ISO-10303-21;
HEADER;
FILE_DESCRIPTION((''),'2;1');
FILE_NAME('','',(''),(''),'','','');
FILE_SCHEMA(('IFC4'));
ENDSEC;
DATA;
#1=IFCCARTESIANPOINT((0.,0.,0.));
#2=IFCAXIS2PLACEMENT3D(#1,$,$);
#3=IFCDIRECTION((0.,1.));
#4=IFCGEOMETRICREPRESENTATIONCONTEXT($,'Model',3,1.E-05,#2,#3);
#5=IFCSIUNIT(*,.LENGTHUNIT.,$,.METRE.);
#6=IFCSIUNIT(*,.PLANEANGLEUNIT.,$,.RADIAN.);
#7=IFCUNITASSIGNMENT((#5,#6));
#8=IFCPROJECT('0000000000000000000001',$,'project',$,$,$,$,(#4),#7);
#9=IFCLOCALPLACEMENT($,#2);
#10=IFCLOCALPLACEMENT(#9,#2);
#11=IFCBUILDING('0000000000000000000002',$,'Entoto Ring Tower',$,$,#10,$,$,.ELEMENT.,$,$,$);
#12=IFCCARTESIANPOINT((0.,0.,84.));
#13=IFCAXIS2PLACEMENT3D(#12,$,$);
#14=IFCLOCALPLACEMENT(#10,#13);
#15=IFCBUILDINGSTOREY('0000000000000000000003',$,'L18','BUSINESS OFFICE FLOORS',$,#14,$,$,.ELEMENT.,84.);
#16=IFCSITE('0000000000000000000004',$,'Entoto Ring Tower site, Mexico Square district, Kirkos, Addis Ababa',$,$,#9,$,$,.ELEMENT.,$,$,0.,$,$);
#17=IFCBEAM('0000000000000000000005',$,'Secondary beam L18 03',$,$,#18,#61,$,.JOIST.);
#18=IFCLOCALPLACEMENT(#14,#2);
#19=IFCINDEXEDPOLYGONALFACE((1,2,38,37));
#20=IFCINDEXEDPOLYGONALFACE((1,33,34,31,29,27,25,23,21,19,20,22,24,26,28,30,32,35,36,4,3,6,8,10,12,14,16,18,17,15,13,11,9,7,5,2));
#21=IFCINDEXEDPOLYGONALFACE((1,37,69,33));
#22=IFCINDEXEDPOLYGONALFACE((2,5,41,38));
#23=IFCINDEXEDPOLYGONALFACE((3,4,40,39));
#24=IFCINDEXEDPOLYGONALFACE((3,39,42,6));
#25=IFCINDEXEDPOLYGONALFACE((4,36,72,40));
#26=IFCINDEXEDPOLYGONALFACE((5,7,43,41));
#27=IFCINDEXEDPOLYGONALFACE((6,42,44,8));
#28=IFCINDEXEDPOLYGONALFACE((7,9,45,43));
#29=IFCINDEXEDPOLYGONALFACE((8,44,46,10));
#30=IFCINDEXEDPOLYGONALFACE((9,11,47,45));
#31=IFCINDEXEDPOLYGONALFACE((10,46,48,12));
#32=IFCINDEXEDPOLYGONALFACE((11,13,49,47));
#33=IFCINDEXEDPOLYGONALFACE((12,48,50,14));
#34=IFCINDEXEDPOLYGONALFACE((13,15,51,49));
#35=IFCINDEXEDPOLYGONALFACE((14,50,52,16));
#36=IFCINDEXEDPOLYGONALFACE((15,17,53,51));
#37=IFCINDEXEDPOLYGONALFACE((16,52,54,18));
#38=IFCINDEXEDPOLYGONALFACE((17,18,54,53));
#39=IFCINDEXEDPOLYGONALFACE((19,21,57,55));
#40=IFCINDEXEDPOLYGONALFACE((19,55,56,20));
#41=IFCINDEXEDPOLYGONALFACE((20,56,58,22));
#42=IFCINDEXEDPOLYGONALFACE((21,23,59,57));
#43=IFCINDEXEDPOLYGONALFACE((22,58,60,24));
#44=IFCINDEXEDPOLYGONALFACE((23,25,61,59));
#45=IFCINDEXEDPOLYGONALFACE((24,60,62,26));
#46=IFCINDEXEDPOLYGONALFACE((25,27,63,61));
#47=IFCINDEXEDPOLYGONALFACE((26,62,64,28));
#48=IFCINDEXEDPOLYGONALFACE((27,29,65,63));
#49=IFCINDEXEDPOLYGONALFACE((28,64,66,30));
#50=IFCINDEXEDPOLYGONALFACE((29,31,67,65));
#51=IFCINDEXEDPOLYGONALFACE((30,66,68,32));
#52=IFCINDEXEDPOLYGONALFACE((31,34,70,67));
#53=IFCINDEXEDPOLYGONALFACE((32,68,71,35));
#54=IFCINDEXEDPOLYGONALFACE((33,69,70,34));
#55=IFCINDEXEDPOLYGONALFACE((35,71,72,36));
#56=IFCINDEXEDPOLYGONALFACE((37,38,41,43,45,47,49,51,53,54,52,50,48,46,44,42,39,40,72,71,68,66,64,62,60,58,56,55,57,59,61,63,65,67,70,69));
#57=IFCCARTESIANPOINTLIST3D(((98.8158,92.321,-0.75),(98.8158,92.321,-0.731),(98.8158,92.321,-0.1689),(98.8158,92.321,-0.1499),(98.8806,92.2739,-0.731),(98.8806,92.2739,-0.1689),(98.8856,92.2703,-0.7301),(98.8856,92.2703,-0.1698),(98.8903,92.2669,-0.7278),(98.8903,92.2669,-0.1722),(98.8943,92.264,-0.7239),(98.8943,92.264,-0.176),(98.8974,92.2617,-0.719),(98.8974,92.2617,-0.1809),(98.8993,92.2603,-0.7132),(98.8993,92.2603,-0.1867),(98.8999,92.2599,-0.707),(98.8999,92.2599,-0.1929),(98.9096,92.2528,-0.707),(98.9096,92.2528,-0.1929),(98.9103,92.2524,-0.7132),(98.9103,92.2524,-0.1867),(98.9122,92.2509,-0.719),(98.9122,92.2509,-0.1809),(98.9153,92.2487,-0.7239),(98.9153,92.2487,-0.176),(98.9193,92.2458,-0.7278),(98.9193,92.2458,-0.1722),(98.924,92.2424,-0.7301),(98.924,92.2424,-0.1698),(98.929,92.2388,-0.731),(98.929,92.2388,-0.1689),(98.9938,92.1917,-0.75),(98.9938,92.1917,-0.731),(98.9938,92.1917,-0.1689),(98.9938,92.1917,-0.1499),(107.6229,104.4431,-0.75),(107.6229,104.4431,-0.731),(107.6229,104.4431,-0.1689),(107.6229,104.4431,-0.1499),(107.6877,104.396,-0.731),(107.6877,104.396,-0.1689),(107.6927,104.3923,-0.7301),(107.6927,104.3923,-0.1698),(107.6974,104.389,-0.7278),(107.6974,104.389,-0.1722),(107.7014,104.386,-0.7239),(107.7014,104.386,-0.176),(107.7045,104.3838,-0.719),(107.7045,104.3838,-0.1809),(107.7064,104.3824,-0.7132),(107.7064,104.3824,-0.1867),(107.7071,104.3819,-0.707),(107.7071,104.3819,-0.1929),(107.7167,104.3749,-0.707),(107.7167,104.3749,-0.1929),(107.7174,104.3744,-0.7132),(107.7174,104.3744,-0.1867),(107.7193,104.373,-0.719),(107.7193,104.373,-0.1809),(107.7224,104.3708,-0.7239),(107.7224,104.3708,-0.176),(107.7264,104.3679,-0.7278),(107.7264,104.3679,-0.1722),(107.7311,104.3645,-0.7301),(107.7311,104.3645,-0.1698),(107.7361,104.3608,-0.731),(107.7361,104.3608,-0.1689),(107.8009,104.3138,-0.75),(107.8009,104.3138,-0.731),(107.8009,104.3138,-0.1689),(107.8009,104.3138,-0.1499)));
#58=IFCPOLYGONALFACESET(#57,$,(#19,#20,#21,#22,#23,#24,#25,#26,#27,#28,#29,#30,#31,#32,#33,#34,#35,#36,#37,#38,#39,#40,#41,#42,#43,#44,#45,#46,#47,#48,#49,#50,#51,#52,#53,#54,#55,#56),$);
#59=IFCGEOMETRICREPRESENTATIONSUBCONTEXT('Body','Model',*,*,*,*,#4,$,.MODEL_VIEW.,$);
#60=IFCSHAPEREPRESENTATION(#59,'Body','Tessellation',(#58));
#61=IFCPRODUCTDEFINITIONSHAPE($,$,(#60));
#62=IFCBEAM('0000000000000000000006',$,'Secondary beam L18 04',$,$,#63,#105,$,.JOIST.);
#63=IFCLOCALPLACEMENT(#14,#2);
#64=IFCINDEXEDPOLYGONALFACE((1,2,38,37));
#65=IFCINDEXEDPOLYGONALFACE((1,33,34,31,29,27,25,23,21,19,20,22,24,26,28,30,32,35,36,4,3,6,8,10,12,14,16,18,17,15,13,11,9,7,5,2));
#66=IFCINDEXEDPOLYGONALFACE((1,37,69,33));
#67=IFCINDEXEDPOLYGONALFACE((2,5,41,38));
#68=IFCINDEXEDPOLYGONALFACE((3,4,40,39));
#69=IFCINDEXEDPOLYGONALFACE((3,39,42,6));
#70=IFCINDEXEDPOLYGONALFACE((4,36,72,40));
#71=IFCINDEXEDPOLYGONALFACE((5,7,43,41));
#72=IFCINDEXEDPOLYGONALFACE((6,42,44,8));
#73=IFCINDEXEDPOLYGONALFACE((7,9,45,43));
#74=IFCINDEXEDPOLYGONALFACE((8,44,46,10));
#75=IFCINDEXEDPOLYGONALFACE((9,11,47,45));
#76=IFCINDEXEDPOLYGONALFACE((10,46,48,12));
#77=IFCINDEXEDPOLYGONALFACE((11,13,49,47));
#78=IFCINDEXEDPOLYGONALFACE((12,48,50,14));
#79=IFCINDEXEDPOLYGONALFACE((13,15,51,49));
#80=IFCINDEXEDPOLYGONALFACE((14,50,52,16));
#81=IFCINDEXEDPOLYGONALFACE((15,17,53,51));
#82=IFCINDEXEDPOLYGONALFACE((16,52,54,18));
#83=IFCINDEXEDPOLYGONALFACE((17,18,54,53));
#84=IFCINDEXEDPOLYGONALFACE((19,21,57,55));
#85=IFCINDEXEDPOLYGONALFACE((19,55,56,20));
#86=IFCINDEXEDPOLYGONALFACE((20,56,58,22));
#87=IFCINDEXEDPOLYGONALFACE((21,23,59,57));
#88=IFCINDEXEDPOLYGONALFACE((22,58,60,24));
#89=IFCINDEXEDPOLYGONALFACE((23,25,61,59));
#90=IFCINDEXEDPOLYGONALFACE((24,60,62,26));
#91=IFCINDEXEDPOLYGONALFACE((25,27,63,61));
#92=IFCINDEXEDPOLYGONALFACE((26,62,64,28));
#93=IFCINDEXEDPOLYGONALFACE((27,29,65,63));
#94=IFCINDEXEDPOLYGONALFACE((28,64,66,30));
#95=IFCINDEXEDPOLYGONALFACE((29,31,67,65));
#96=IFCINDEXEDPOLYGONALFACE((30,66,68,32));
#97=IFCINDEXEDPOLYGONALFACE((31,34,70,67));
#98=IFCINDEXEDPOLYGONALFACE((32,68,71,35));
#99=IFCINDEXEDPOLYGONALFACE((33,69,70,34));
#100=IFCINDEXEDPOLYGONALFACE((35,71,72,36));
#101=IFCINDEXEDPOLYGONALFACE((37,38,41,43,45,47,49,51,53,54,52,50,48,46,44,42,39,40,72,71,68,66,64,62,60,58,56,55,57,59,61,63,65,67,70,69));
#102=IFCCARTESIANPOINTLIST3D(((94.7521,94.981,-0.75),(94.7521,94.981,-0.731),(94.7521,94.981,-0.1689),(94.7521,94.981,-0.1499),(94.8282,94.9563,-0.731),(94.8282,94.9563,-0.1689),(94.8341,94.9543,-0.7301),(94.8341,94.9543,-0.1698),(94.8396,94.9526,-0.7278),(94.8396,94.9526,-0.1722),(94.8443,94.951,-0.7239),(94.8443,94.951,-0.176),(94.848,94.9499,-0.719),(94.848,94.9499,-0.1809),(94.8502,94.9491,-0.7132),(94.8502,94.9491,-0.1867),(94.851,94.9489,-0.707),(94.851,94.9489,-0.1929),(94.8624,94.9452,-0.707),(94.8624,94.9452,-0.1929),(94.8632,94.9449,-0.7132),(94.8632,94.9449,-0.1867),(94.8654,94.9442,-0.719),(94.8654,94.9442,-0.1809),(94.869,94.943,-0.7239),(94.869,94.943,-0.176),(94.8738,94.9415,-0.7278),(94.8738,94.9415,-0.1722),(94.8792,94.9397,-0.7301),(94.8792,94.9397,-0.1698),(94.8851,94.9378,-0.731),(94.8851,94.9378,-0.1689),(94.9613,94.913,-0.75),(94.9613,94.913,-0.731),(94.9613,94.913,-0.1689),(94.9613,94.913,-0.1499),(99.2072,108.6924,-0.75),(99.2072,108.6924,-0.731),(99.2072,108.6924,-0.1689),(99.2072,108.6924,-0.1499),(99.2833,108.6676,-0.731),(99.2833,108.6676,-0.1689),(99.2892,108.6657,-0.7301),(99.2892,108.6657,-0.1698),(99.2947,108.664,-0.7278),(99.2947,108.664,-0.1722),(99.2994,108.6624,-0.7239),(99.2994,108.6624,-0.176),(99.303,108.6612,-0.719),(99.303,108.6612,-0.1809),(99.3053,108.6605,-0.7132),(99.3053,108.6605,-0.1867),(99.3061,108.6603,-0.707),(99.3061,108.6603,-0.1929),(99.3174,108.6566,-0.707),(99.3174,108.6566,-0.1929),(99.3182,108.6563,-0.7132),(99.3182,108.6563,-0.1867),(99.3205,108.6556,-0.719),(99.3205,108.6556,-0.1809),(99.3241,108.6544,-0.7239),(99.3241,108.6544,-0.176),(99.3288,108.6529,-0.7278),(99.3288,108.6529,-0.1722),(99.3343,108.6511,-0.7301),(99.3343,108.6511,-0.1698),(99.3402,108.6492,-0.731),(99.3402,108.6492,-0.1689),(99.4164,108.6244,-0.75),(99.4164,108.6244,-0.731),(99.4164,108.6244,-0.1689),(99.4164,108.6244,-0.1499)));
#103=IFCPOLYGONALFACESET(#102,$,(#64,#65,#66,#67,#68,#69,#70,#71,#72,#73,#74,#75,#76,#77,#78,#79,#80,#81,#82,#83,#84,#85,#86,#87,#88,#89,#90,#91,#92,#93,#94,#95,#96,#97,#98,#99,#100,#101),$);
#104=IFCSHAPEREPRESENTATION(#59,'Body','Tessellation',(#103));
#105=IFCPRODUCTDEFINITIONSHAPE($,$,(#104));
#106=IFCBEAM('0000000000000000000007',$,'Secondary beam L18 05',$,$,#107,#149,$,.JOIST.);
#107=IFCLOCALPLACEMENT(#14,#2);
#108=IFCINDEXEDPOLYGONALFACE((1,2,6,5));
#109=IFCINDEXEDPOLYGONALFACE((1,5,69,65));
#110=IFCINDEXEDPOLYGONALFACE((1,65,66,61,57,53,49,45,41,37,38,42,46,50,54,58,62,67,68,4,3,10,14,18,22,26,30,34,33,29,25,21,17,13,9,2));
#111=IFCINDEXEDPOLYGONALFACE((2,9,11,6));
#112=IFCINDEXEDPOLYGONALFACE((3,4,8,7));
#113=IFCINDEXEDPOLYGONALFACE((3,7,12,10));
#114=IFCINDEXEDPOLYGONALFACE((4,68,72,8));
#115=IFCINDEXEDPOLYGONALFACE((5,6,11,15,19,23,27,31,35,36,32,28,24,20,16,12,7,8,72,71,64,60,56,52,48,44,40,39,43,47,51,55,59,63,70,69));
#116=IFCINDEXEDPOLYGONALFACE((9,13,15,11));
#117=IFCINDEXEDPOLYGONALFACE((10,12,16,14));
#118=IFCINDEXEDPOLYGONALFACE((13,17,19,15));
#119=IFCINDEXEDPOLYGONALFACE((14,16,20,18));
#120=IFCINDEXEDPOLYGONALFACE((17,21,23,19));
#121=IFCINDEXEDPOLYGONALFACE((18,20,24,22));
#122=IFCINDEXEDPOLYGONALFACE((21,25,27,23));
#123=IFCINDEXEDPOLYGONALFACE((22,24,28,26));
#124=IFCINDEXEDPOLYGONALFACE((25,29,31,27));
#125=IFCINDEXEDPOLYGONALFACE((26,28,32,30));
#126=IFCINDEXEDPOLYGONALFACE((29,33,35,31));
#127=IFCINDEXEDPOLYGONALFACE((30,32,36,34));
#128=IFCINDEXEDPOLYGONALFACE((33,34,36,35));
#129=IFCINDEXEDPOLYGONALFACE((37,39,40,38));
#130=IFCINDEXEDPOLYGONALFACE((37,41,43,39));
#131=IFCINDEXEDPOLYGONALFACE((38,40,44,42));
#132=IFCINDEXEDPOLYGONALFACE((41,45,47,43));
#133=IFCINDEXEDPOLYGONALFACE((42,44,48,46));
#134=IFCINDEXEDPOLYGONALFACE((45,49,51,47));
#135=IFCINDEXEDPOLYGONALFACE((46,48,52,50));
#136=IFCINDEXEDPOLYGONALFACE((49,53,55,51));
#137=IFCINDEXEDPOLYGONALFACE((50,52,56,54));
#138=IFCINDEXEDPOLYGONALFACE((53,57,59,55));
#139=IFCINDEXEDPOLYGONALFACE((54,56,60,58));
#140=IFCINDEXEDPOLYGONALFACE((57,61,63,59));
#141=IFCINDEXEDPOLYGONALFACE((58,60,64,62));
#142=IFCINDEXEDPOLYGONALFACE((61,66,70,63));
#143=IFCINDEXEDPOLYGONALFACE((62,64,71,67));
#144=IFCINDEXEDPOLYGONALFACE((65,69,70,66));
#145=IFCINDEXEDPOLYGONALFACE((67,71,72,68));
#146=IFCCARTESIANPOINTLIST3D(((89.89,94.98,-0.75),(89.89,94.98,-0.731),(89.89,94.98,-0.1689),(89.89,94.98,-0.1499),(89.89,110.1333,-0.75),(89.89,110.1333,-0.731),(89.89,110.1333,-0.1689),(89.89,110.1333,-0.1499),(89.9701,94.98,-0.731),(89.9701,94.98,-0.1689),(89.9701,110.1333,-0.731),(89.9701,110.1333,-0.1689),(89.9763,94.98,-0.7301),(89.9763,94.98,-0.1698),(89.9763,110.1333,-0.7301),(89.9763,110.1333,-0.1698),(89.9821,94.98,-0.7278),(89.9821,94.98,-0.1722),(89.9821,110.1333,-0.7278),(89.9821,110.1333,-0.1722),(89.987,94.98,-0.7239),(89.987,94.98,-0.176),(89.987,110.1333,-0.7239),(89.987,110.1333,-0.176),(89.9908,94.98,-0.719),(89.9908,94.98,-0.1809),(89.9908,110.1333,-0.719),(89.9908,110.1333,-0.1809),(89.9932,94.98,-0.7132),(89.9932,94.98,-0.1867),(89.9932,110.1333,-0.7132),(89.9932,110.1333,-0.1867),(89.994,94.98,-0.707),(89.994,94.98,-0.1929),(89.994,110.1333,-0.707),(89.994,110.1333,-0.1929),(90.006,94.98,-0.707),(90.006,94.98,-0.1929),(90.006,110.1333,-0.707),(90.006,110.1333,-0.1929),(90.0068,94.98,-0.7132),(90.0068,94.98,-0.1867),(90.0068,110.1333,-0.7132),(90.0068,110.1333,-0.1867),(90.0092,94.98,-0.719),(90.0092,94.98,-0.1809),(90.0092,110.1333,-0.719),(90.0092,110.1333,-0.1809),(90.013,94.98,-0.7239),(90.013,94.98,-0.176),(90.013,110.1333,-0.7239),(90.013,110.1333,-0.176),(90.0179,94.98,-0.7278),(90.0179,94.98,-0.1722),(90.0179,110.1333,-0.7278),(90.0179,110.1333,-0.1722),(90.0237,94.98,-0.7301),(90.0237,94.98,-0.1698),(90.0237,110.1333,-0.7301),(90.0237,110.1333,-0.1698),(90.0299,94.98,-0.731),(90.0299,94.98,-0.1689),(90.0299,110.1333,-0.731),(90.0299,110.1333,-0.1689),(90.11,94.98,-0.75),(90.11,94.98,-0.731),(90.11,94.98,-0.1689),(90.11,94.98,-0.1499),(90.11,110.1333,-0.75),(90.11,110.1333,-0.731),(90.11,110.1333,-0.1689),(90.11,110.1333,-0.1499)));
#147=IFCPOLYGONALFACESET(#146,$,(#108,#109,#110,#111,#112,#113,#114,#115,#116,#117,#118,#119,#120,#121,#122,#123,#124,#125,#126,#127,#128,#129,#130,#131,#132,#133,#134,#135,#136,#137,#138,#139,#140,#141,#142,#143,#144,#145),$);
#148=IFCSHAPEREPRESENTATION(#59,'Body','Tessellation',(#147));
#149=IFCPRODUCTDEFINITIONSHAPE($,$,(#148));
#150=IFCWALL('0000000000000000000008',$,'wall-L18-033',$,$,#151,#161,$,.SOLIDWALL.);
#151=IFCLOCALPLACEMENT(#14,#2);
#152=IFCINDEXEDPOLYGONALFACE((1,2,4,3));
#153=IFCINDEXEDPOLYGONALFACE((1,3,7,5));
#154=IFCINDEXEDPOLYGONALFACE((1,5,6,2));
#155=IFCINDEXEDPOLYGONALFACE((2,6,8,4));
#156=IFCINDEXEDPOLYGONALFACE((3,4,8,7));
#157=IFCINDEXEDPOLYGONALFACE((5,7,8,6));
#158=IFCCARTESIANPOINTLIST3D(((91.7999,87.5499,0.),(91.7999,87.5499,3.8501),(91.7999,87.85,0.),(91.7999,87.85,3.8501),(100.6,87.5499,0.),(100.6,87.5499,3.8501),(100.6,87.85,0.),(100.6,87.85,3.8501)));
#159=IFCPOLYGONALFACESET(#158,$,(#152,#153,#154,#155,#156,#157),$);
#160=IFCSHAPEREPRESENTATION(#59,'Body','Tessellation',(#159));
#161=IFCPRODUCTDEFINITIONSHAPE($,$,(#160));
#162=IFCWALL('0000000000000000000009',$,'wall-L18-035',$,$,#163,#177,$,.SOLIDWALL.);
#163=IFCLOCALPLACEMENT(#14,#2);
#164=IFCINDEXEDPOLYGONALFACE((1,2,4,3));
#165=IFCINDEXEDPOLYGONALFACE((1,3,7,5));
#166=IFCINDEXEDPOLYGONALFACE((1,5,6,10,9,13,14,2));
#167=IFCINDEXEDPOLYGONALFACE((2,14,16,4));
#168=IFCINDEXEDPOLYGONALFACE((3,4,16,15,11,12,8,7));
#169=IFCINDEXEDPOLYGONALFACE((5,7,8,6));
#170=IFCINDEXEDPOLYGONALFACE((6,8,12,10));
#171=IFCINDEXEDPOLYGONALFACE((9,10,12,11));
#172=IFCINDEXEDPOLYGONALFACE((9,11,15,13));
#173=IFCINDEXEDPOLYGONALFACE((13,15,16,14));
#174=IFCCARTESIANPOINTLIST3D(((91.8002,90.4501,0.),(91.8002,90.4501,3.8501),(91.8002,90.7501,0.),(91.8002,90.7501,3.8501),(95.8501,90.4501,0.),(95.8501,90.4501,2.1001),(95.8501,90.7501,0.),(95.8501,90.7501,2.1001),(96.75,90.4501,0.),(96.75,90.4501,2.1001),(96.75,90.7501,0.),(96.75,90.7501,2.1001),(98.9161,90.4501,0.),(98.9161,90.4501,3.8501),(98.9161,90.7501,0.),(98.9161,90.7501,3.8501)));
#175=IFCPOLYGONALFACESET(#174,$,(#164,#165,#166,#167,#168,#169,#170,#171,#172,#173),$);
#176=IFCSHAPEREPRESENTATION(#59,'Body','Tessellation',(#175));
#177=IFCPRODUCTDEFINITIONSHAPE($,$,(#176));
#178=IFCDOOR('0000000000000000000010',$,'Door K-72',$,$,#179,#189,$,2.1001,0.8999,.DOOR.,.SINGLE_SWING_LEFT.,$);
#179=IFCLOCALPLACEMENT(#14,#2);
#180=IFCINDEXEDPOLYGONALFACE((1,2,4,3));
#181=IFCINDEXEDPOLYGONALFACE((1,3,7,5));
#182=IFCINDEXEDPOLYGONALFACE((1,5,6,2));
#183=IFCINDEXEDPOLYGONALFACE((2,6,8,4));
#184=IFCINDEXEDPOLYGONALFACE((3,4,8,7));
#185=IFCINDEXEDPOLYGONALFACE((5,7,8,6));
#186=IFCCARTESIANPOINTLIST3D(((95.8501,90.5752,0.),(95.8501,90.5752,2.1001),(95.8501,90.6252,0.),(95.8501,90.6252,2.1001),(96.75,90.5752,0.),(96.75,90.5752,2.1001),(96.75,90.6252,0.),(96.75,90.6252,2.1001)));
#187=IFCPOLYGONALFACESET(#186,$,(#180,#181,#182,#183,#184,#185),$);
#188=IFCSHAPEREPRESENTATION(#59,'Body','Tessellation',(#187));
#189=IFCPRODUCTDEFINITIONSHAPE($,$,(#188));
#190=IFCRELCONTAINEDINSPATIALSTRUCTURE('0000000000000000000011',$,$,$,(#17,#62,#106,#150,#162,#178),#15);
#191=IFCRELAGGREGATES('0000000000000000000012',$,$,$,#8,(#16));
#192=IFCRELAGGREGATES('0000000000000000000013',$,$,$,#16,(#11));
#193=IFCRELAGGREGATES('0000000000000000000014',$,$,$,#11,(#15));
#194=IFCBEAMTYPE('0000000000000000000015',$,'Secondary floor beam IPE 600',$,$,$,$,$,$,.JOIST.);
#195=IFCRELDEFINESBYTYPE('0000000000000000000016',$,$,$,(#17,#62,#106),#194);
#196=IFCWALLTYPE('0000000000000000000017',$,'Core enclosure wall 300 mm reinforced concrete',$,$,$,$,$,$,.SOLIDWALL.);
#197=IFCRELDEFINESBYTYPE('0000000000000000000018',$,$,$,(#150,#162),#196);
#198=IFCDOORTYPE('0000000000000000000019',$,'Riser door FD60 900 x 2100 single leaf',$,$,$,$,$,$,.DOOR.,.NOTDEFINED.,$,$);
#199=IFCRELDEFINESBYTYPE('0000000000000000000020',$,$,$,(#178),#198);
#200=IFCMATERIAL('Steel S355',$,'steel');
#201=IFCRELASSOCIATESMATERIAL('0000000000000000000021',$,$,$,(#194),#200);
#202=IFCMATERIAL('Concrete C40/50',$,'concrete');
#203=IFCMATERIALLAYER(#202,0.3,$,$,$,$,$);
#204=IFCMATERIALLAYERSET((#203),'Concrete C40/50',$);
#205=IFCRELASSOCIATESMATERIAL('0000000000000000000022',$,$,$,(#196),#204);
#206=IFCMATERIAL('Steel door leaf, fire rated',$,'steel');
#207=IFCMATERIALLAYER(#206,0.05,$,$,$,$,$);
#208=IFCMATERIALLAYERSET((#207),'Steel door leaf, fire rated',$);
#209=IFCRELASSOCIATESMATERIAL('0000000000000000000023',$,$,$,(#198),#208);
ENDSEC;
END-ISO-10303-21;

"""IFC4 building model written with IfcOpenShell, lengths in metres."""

from ifc_helpers import new_model, si_unit, direction, frame, frame_2d, origin, origin_2d, place, context, subcontext, project, spatial, rectangle, i_section, extrude, material, layer, layer_set, material_profile, profile_set, type_object, element, fill, save


model = new_model("IFC4")

# Units and contexts
model_context = context("Model", 3, precision=1e-05, world=origin(), true_north=direction((0.0, 1.0)))
body_context = subcontext(model_context, "Body", "Model", "MODEL_VIEW")
ifc_project = project(units=[si_unit("LENGTHUNIT", "METRE"), si_unit("PLANEANGLEUNIT", "RADIAN")], contexts=[model_context])

# Site, building, storey
site_placement = place(None, origin())
site = spatial("IfcSite", under=ifc_project, at=site_placement, Name="Entoto Ring Tower site, Mexico Square district, Kirkos, Addis Ababa", CompositionType="ELEMENT", RefElevation=0.0)
building_placement = place(site_placement, origin())
building = spatial("IfcBuilding", under=site, at=building_placement, Name="Entoto Ring Tower", CompositionType="ELEMENT")
storey_placement = place(building_placement, frame((0.0, 0.0, 84.0)))
storey = spatial("IfcBuildingStorey", under=building, at=storey_placement, Name="L18", Description="BUSINESS OFFICE FLOORS", CompositionType="ELEMENT", Elevation=84.0)

# Beams
ifc_material_1 = material(Name="Steel S355", Category="steel")
ifc_material_profile_1 = material_profile(ifc_material_1, i_section(OverallWidth=0.22, OverallDepth=0.6001, WebThickness=0.012, FlangeThickness=0.019, FilletRadius=0.0239, at=origin_2d()), Name="IPE 600")
ifc_profile_set_1 = profile_set([ifc_material_profile_1], Name="Steel S355")
beam_type_1 = type_object("IfcBeamType", Name="Secondary floor beam IPE 600", PredefinedType="JOIST", material=ifc_profile_set_1)
beam_1_placement = place(storey_placement, frame((98.9048, 92.2563, -0.45), z_axis=(0.587782, 0.809019, 0.0), x_axis=(-0.809019, 0.587782, 0.0)))
element("IfcBeam", 1, at=beam_1_placement, inside=storey, type_object=beam_type_1, Name="Secondary beam L18 03", PredefinedType="JOIST", context=body_context, shape_type="SweptSolid", body=[
    extrude(i_section(OverallWidth=0.22, OverallDepth=0.6001, WebThickness=0.012, FlangeThickness=0.019, FilletRadius=0.0239, at=origin_2d()), origin(), (0.0, 0.0, 1.0), 14.9836),
])
beam_2_placement = place(storey_placement, frame((94.8567, 94.947, -0.45), z_axis=(0.309015, 0.951057, 0.0), x_axis=(-0.951057, 0.309015, 0.0)))
element("IfcBeam", 2, at=beam_2_placement, inside=storey, type_object=beam_type_1, Name="Secondary beam L18 04", PredefinedType="JOIST", context=body_context, shape_type="SweptSolid", body=[
    extrude(i_section(OverallWidth=0.22, OverallDepth=0.6001, WebThickness=0.012, FlangeThickness=0.019, FilletRadius=0.0239, at=origin_2d()), origin(), (0.0, 0.0, 1.0), 14.417),
])
beam_3_placement = place(storey_placement, frame((90.0, 94.98, -0.45), z_axis=(0.0, 1.0, 0.0), x_axis=(-1.0, 0.0, 0.0)))
element("IfcBeam", 3, at=beam_3_placement, inside=storey, type_object=beam_type_1, Name="Secondary beam L18 05", PredefinedType="JOIST", context=body_context, shape_type="SweptSolid", body=[
    extrude(i_section(OverallWidth=0.22, OverallDepth=0.6001, WebThickness=0.012, FlangeThickness=0.019, FilletRadius=0.0239, at=origin_2d()), origin(), (0.0, 0.0, 1.0), 15.1533),
])

# Wall
ifc_material_2 = material(Name="Concrete C40/50", Category="concrete")
ifc_layer_1 = layer(ifc_material_2, 0.3)
ifc_layer_set_1 = layer_set([ifc_layer_1], Name="Concrete C40/50")
wall_type_1 = type_object("IfcWallType", Name="Core enclosure wall 300 mm reinforced concrete", PredefinedType="SOLIDWALL", material=ifc_layer_set_1)
wall_1_placement = place(storey_placement, frame((91.8, 87.7, 0.0), z_axis=(0.0, 0.0, 1.0), x_axis=(1.0, 0.0, 0.0)))
element("IfcWall", 4, at=wall_1_placement, inside=storey, type_object=wall_type_1, Name="wall-L18-033", PredefinedType="SOLIDWALL", context=body_context, shape_type="SweptSolid", body=[
    extrude(rectangle(XDim=8.8, YDim=0.3, at=frame_2d((4.3999, 0.0))), origin(), (0.0, 0.0, 1.0), 3.8501),
])

# Wall, opening, door
wall_2_placement = place(storey_placement, frame((91.8, 90.6001, 0.0), z_axis=(0.0, 0.0, 1.0), x_axis=(1.0, 0.0, 0.0)))
wall_2 = element("IfcWall", 5, at=wall_2_placement, inside=storey, type_object=wall_type_1, Name="wall-L18-035", PredefinedType="SOLIDWALL", context=body_context, shape_type="SweptSolid", body=[
    extrude(rectangle(XDim=7.116, YDim=0.3, at=frame_2d((3.5581, 0.0))), origin(), (0.0, 0.0, 1.0), 3.8501),
])
opening_1_placement = place(wall_2_placement, frame((4.05, 0.0, 0.0)))
opening_1 = element("IfcOpeningElement", 6, at=opening_1_placement, cuts=wall_2, PredefinedType="OPENING", context=body_context, shape_type="SweptSolid", body=[
    extrude(rectangle(XDim=0.8999, YDim=2.1001, at=frame_2d((0.45, 1.05))), frame((0.0, 0.1602, 0.0), z_axis=(0.0, -1.0, 0.0), x_axis=(1.0, 0.0, 0.0)), (0.0, 0.0, 1.0), 0.3201),
])
ifc_material_3 = material(Name="Steel door leaf, fire rated", Category="steel")
ifc_layer_2 = layer(ifc_material_3, 0.05)
ifc_layer_set_2 = layer_set([ifc_layer_2], Name="Steel door leaf, fire rated")
door_type_1 = type_object("IfcDoorType", Name="Riser door FD60 900 x 2100 single leaf", OperationType="NOTDEFINED", PredefinedType="DOOR", material=ifc_layer_set_2)
door_1_placement = place(opening_1_placement, frame((0.8999, 0.0, 0.0), z_axis=(0.0, 0.0, 1.0), x_axis=(-1.0, 0.0, 0.0)))
door_1 = element("IfcDoor", 7, at=door_1_placement, inside=storey, type_object=door_type_1, Name="Door K-72", OperationType="SINGLE_SWING_LEFT", OverallHeight=2.1001, OverallWidth=0.8999, PredefinedType="DOOR", context=body_context, shape_type="SweptSolid", body=[
    extrude(rectangle(XDim=0.8999, YDim=2.1001, at=frame_2d((0.45, 1.05))), frame((0.0, 0.0249, 0.0), z_axis=(0.0, -1.0, 0.0), x_axis=(1.0, 0.0, 0.0)), (0.0, 0.0, 1.0), 0.05),
])
fill(opening_1, door_1)

save(model, "model.ifc")
